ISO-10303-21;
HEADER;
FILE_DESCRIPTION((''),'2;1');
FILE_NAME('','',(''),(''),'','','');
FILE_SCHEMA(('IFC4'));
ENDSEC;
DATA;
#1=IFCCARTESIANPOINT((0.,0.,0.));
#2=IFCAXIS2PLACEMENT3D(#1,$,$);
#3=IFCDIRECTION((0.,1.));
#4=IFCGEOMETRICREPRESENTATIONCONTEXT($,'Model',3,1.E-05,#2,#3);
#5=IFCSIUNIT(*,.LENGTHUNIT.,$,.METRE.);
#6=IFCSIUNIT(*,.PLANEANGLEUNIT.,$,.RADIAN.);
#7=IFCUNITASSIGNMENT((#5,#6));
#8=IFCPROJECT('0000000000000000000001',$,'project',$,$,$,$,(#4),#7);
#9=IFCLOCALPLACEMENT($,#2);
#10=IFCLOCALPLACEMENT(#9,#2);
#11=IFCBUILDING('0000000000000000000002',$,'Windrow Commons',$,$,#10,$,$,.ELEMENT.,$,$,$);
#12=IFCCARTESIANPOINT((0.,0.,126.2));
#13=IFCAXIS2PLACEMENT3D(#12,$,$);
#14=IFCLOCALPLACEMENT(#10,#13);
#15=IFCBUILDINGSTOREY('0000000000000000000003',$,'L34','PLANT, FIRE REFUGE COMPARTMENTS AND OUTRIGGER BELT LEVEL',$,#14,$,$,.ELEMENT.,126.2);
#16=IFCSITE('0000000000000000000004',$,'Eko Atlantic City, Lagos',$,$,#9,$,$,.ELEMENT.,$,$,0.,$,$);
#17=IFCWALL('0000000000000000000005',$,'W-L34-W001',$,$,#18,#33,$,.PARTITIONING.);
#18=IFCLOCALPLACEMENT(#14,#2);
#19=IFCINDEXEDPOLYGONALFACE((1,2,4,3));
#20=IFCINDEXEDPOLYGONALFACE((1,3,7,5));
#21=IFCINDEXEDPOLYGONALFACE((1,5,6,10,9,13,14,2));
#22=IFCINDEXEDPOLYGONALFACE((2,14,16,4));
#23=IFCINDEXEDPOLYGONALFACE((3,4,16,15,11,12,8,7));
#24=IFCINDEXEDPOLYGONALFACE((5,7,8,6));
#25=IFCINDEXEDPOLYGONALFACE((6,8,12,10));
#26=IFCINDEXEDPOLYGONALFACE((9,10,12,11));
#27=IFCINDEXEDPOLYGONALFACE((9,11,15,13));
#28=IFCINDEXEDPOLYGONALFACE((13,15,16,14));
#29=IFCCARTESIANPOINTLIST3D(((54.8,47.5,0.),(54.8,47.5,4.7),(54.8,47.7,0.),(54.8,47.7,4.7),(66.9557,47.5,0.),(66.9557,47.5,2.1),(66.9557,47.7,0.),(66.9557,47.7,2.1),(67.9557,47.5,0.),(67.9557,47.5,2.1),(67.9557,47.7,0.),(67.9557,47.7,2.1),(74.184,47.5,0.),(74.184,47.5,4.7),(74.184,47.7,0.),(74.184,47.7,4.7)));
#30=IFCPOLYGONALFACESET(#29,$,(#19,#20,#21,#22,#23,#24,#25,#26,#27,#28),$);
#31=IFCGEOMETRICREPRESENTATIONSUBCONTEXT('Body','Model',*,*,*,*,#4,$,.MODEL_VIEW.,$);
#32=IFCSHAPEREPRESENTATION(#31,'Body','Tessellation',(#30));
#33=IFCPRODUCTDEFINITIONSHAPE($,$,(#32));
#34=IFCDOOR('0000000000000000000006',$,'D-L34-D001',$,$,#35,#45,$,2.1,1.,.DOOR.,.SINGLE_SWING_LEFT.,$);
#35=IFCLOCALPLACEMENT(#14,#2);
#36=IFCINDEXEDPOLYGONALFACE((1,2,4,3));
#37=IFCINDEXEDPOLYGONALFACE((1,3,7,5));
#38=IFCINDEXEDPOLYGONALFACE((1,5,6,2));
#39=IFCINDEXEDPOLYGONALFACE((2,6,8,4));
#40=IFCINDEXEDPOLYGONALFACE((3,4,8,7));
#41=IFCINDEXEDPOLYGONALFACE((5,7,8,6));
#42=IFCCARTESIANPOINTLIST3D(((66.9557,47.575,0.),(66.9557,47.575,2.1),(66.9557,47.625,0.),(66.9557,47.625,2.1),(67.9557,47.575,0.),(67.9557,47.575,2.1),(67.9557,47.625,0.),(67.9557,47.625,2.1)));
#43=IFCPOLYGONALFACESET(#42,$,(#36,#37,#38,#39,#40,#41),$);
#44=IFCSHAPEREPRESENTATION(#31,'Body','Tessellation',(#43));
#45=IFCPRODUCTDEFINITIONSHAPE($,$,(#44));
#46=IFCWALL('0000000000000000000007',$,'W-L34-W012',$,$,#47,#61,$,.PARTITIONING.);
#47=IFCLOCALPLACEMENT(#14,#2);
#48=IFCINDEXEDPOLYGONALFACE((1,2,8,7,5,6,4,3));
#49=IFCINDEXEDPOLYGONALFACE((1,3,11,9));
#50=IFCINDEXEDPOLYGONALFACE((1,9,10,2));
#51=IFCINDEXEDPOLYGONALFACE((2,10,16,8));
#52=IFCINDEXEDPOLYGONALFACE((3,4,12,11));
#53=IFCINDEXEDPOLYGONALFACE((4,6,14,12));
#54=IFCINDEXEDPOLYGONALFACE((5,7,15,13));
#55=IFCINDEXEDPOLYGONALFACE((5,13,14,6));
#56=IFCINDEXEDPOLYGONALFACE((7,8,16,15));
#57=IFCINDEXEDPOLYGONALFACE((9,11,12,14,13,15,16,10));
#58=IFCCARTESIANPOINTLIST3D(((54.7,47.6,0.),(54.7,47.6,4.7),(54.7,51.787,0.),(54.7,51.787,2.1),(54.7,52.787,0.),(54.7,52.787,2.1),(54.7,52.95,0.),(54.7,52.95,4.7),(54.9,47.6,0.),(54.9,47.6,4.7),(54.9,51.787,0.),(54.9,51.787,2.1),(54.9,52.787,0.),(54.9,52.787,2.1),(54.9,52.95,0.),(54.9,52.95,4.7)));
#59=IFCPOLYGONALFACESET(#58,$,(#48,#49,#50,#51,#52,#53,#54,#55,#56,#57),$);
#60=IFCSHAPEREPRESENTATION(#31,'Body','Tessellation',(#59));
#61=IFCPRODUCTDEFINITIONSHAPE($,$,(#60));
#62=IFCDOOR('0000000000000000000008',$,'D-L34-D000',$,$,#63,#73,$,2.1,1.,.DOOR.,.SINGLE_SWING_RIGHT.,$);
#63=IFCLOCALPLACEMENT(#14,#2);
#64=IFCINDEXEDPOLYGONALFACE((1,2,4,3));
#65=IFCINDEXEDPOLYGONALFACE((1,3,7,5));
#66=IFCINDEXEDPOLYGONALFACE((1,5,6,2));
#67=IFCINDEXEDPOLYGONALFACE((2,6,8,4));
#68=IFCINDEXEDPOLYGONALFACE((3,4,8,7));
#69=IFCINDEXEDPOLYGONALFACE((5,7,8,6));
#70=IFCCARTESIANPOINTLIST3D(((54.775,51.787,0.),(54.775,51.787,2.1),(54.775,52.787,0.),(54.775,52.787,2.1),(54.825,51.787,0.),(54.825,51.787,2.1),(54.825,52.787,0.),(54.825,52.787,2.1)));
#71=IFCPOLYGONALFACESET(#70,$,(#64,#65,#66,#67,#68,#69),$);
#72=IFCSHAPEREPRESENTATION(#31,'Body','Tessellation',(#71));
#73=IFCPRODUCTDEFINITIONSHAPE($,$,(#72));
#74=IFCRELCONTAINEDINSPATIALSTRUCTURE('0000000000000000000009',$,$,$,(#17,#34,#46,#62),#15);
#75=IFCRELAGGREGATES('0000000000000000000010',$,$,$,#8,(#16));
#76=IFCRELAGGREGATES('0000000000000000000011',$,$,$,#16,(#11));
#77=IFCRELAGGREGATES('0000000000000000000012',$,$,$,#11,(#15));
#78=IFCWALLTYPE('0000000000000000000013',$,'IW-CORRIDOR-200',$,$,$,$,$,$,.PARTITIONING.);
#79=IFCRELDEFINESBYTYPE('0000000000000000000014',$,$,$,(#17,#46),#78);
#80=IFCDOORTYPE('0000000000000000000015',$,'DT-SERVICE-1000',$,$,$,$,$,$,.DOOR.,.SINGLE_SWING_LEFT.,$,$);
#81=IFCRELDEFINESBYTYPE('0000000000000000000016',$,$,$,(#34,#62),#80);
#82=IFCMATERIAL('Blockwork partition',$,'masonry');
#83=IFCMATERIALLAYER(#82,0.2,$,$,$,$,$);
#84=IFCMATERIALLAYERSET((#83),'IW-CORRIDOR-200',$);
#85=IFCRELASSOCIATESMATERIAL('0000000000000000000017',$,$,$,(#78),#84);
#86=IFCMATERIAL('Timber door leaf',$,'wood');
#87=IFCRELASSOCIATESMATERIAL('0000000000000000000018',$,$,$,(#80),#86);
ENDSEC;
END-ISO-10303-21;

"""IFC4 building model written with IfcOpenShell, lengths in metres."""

from ifc_helpers import new_model, si_unit, direction, frame, frame_2d, origin, place, context, subcontext, project, spatial, rectangle, extrude, material, layer, layer_set, type_object, element, fill, save


model = new_model("IFC4")

# Units and contexts
model_context = context("Model", 3, precision=1e-05, world=origin(), true_north=direction((0.0, 1.0)))
body_context = subcontext(model_context, "Body", "Model", "MODEL_VIEW")
ifc_project = project(units=[si_unit("LENGTHUNIT", "METRE"), si_unit("PLANEANGLEUNIT", "RADIAN")], contexts=[model_context])

# Site, building, storey
site_placement = place(None, origin())
site = spatial("IfcSite", under=ifc_project, at=site_placement, Name="Eko Atlantic City, Lagos", CompositionType="ELEMENT", RefElevation=0.0)
building_placement = place(site_placement, origin())
building = spatial("IfcBuilding", under=site, at=building_placement, Name="Windrow Commons", CompositionType="ELEMENT")
storey_placement = place(building_placement, frame((0.0, 0.0, 126.2)))
storey = spatial("IfcBuildingStorey", under=building, at=storey_placement, Name="L34", Description="PLANT, FIRE REFUGE COMPARTMENTS AND OUTRIGGER BELT LEVEL", CompositionType="ELEMENT", Elevation=126.2)

# Walls, openings, doors
ifc_material_1 = material(Name="Blockwork partition", Category="masonry")
ifc_layer_1 = layer(ifc_material_1, 0.2)
ifc_layer_set_1 = layer_set([ifc_layer_1], Name="IW-CORRIDOR-200")
wall_type_1 = type_object("IfcWallType", Name="IW-CORRIDOR-200", PredefinedType="PARTITIONING", material=ifc_layer_set_1)
wall_1_placement = place(storey_placement, frame((54.8, 47.6, 0.0), z_axis=(0.0, 0.0, 1.0), x_axis=(1.0, 0.0, 0.0)))
wall_1 = element("IfcWall", 1, at=wall_1_placement, inside=storey, type_object=wall_type_1, Name="W-L34-W001", PredefinedType="PARTITIONING", context=body_context, shape_type="SweptSolid", body=[
    extrude(rectangle(XDim=19.384, YDim=0.2, at=frame_2d((9.692, 0.0))), origin(), (0.0, 0.0, 1.0), 4.7),
])
opening_1_placement = place(wall_1_placement, frame((12.1557, 0.0, 0.0)))
opening_1 = element("IfcOpeningElement", 2, at=opening_1_placement, cuts=wall_1, PredefinedType="OPENING", context=body_context, shape_type="SweptSolid", body=[
    extrude(rectangle(XDim=1.0, YDim=2.1, at=frame_2d((0.5, 1.05))), frame((0.0, 0.11, 0.0), z_axis=(0.0, -1.0, 0.0), x_axis=(1.0, 0.0, 0.0)), (0.0, 0.0, 1.0), 0.22),
])
ifc_material_2 = material(Name="Timber door leaf", Category="wood")
door_type = type_object("IfcDoorType", Name="DT-SERVICE-1000", OperationType="SINGLE_SWING_LEFT", PredefinedType="DOOR", material=ifc_material_2)
door_1_placement = place(opening_1_placement, origin())
door_1 = element("IfcDoor", 3, at=door_1_placement, inside=storey, type_object=door_type, Name="D-L34-D001", OperationType="SINGLE_SWING_LEFT", OverallHeight=2.1, OverallWidth=1.0, PredefinedType="DOOR", context=body_context, shape_type="SweptSolid", body=[
    extrude(rectangle(XDim=1.0, YDim=2.1, at=frame_2d((0.5, 1.05))), frame((0.0, 0.025, 0.0), z_axis=(0.0, -1.0, 0.0), x_axis=(1.0, 0.0, 0.0)), (0.0, 0.0, 1.0), 0.05),
])
fill(opening_1, door_1)
wall_2_placement = place(storey_placement, frame((54.8, 47.6, 0.0), z_axis=(0.0, 0.0, 1.0), x_axis=(0.0, 1.0, 0.0)))
wall_2 = element("IfcWall", 4, at=wall_2_placement, inside=storey, type_object=wall_type_1, Name="W-L34-W012", PredefinedType="PARTITIONING", context=body_context, shape_type="SweptSolid", body=[
    extrude(rectangle(XDim=5.35, YDim=0.2, at=frame_2d((2.675, 0.0))), origin(), (0.0, 0.0, 1.0), 4.7),
])
opening_2_placement = place(wall_2_placement, frame((4.187, 0.0, 0.0)))
opening_2 = element("IfcOpeningElement", 5, at=opening_2_placement, cuts=wall_2, PredefinedType="OPENING", context=body_context, shape_type="SweptSolid", body=[
    extrude(rectangle(XDim=1.0, YDim=2.1, at=frame_2d((0.5, 1.05))), frame((0.0, 0.11, 0.0), z_axis=(0.0, -1.0, 0.0), x_axis=(1.0, 0.0, 0.0)), (0.0, 0.0, 1.0), 0.22),
])
door_2_placement = place(opening_2_placement, origin())
door_2 = element("IfcDoor", 6, at=door_2_placement, inside=storey, type_object=door_type, Name="D-L34-D000", OperationType="SINGLE_SWING_RIGHT", OverallHeight=2.1, OverallWidth=1.0, PredefinedType="DOOR", context=body_context, shape_type="SweptSolid", body=[
    extrude(rectangle(XDim=1.0, YDim=2.1, at=frame_2d((0.5, 1.05))), frame((0.0, 0.025, 0.0), z_axis=(0.0, -1.0, 0.0), x_axis=(1.0, 0.0, 0.0)), (0.0, 0.0, 1.0), 0.05),
])
fill(opening_2, door_2)

save(model, "model.ifc")
